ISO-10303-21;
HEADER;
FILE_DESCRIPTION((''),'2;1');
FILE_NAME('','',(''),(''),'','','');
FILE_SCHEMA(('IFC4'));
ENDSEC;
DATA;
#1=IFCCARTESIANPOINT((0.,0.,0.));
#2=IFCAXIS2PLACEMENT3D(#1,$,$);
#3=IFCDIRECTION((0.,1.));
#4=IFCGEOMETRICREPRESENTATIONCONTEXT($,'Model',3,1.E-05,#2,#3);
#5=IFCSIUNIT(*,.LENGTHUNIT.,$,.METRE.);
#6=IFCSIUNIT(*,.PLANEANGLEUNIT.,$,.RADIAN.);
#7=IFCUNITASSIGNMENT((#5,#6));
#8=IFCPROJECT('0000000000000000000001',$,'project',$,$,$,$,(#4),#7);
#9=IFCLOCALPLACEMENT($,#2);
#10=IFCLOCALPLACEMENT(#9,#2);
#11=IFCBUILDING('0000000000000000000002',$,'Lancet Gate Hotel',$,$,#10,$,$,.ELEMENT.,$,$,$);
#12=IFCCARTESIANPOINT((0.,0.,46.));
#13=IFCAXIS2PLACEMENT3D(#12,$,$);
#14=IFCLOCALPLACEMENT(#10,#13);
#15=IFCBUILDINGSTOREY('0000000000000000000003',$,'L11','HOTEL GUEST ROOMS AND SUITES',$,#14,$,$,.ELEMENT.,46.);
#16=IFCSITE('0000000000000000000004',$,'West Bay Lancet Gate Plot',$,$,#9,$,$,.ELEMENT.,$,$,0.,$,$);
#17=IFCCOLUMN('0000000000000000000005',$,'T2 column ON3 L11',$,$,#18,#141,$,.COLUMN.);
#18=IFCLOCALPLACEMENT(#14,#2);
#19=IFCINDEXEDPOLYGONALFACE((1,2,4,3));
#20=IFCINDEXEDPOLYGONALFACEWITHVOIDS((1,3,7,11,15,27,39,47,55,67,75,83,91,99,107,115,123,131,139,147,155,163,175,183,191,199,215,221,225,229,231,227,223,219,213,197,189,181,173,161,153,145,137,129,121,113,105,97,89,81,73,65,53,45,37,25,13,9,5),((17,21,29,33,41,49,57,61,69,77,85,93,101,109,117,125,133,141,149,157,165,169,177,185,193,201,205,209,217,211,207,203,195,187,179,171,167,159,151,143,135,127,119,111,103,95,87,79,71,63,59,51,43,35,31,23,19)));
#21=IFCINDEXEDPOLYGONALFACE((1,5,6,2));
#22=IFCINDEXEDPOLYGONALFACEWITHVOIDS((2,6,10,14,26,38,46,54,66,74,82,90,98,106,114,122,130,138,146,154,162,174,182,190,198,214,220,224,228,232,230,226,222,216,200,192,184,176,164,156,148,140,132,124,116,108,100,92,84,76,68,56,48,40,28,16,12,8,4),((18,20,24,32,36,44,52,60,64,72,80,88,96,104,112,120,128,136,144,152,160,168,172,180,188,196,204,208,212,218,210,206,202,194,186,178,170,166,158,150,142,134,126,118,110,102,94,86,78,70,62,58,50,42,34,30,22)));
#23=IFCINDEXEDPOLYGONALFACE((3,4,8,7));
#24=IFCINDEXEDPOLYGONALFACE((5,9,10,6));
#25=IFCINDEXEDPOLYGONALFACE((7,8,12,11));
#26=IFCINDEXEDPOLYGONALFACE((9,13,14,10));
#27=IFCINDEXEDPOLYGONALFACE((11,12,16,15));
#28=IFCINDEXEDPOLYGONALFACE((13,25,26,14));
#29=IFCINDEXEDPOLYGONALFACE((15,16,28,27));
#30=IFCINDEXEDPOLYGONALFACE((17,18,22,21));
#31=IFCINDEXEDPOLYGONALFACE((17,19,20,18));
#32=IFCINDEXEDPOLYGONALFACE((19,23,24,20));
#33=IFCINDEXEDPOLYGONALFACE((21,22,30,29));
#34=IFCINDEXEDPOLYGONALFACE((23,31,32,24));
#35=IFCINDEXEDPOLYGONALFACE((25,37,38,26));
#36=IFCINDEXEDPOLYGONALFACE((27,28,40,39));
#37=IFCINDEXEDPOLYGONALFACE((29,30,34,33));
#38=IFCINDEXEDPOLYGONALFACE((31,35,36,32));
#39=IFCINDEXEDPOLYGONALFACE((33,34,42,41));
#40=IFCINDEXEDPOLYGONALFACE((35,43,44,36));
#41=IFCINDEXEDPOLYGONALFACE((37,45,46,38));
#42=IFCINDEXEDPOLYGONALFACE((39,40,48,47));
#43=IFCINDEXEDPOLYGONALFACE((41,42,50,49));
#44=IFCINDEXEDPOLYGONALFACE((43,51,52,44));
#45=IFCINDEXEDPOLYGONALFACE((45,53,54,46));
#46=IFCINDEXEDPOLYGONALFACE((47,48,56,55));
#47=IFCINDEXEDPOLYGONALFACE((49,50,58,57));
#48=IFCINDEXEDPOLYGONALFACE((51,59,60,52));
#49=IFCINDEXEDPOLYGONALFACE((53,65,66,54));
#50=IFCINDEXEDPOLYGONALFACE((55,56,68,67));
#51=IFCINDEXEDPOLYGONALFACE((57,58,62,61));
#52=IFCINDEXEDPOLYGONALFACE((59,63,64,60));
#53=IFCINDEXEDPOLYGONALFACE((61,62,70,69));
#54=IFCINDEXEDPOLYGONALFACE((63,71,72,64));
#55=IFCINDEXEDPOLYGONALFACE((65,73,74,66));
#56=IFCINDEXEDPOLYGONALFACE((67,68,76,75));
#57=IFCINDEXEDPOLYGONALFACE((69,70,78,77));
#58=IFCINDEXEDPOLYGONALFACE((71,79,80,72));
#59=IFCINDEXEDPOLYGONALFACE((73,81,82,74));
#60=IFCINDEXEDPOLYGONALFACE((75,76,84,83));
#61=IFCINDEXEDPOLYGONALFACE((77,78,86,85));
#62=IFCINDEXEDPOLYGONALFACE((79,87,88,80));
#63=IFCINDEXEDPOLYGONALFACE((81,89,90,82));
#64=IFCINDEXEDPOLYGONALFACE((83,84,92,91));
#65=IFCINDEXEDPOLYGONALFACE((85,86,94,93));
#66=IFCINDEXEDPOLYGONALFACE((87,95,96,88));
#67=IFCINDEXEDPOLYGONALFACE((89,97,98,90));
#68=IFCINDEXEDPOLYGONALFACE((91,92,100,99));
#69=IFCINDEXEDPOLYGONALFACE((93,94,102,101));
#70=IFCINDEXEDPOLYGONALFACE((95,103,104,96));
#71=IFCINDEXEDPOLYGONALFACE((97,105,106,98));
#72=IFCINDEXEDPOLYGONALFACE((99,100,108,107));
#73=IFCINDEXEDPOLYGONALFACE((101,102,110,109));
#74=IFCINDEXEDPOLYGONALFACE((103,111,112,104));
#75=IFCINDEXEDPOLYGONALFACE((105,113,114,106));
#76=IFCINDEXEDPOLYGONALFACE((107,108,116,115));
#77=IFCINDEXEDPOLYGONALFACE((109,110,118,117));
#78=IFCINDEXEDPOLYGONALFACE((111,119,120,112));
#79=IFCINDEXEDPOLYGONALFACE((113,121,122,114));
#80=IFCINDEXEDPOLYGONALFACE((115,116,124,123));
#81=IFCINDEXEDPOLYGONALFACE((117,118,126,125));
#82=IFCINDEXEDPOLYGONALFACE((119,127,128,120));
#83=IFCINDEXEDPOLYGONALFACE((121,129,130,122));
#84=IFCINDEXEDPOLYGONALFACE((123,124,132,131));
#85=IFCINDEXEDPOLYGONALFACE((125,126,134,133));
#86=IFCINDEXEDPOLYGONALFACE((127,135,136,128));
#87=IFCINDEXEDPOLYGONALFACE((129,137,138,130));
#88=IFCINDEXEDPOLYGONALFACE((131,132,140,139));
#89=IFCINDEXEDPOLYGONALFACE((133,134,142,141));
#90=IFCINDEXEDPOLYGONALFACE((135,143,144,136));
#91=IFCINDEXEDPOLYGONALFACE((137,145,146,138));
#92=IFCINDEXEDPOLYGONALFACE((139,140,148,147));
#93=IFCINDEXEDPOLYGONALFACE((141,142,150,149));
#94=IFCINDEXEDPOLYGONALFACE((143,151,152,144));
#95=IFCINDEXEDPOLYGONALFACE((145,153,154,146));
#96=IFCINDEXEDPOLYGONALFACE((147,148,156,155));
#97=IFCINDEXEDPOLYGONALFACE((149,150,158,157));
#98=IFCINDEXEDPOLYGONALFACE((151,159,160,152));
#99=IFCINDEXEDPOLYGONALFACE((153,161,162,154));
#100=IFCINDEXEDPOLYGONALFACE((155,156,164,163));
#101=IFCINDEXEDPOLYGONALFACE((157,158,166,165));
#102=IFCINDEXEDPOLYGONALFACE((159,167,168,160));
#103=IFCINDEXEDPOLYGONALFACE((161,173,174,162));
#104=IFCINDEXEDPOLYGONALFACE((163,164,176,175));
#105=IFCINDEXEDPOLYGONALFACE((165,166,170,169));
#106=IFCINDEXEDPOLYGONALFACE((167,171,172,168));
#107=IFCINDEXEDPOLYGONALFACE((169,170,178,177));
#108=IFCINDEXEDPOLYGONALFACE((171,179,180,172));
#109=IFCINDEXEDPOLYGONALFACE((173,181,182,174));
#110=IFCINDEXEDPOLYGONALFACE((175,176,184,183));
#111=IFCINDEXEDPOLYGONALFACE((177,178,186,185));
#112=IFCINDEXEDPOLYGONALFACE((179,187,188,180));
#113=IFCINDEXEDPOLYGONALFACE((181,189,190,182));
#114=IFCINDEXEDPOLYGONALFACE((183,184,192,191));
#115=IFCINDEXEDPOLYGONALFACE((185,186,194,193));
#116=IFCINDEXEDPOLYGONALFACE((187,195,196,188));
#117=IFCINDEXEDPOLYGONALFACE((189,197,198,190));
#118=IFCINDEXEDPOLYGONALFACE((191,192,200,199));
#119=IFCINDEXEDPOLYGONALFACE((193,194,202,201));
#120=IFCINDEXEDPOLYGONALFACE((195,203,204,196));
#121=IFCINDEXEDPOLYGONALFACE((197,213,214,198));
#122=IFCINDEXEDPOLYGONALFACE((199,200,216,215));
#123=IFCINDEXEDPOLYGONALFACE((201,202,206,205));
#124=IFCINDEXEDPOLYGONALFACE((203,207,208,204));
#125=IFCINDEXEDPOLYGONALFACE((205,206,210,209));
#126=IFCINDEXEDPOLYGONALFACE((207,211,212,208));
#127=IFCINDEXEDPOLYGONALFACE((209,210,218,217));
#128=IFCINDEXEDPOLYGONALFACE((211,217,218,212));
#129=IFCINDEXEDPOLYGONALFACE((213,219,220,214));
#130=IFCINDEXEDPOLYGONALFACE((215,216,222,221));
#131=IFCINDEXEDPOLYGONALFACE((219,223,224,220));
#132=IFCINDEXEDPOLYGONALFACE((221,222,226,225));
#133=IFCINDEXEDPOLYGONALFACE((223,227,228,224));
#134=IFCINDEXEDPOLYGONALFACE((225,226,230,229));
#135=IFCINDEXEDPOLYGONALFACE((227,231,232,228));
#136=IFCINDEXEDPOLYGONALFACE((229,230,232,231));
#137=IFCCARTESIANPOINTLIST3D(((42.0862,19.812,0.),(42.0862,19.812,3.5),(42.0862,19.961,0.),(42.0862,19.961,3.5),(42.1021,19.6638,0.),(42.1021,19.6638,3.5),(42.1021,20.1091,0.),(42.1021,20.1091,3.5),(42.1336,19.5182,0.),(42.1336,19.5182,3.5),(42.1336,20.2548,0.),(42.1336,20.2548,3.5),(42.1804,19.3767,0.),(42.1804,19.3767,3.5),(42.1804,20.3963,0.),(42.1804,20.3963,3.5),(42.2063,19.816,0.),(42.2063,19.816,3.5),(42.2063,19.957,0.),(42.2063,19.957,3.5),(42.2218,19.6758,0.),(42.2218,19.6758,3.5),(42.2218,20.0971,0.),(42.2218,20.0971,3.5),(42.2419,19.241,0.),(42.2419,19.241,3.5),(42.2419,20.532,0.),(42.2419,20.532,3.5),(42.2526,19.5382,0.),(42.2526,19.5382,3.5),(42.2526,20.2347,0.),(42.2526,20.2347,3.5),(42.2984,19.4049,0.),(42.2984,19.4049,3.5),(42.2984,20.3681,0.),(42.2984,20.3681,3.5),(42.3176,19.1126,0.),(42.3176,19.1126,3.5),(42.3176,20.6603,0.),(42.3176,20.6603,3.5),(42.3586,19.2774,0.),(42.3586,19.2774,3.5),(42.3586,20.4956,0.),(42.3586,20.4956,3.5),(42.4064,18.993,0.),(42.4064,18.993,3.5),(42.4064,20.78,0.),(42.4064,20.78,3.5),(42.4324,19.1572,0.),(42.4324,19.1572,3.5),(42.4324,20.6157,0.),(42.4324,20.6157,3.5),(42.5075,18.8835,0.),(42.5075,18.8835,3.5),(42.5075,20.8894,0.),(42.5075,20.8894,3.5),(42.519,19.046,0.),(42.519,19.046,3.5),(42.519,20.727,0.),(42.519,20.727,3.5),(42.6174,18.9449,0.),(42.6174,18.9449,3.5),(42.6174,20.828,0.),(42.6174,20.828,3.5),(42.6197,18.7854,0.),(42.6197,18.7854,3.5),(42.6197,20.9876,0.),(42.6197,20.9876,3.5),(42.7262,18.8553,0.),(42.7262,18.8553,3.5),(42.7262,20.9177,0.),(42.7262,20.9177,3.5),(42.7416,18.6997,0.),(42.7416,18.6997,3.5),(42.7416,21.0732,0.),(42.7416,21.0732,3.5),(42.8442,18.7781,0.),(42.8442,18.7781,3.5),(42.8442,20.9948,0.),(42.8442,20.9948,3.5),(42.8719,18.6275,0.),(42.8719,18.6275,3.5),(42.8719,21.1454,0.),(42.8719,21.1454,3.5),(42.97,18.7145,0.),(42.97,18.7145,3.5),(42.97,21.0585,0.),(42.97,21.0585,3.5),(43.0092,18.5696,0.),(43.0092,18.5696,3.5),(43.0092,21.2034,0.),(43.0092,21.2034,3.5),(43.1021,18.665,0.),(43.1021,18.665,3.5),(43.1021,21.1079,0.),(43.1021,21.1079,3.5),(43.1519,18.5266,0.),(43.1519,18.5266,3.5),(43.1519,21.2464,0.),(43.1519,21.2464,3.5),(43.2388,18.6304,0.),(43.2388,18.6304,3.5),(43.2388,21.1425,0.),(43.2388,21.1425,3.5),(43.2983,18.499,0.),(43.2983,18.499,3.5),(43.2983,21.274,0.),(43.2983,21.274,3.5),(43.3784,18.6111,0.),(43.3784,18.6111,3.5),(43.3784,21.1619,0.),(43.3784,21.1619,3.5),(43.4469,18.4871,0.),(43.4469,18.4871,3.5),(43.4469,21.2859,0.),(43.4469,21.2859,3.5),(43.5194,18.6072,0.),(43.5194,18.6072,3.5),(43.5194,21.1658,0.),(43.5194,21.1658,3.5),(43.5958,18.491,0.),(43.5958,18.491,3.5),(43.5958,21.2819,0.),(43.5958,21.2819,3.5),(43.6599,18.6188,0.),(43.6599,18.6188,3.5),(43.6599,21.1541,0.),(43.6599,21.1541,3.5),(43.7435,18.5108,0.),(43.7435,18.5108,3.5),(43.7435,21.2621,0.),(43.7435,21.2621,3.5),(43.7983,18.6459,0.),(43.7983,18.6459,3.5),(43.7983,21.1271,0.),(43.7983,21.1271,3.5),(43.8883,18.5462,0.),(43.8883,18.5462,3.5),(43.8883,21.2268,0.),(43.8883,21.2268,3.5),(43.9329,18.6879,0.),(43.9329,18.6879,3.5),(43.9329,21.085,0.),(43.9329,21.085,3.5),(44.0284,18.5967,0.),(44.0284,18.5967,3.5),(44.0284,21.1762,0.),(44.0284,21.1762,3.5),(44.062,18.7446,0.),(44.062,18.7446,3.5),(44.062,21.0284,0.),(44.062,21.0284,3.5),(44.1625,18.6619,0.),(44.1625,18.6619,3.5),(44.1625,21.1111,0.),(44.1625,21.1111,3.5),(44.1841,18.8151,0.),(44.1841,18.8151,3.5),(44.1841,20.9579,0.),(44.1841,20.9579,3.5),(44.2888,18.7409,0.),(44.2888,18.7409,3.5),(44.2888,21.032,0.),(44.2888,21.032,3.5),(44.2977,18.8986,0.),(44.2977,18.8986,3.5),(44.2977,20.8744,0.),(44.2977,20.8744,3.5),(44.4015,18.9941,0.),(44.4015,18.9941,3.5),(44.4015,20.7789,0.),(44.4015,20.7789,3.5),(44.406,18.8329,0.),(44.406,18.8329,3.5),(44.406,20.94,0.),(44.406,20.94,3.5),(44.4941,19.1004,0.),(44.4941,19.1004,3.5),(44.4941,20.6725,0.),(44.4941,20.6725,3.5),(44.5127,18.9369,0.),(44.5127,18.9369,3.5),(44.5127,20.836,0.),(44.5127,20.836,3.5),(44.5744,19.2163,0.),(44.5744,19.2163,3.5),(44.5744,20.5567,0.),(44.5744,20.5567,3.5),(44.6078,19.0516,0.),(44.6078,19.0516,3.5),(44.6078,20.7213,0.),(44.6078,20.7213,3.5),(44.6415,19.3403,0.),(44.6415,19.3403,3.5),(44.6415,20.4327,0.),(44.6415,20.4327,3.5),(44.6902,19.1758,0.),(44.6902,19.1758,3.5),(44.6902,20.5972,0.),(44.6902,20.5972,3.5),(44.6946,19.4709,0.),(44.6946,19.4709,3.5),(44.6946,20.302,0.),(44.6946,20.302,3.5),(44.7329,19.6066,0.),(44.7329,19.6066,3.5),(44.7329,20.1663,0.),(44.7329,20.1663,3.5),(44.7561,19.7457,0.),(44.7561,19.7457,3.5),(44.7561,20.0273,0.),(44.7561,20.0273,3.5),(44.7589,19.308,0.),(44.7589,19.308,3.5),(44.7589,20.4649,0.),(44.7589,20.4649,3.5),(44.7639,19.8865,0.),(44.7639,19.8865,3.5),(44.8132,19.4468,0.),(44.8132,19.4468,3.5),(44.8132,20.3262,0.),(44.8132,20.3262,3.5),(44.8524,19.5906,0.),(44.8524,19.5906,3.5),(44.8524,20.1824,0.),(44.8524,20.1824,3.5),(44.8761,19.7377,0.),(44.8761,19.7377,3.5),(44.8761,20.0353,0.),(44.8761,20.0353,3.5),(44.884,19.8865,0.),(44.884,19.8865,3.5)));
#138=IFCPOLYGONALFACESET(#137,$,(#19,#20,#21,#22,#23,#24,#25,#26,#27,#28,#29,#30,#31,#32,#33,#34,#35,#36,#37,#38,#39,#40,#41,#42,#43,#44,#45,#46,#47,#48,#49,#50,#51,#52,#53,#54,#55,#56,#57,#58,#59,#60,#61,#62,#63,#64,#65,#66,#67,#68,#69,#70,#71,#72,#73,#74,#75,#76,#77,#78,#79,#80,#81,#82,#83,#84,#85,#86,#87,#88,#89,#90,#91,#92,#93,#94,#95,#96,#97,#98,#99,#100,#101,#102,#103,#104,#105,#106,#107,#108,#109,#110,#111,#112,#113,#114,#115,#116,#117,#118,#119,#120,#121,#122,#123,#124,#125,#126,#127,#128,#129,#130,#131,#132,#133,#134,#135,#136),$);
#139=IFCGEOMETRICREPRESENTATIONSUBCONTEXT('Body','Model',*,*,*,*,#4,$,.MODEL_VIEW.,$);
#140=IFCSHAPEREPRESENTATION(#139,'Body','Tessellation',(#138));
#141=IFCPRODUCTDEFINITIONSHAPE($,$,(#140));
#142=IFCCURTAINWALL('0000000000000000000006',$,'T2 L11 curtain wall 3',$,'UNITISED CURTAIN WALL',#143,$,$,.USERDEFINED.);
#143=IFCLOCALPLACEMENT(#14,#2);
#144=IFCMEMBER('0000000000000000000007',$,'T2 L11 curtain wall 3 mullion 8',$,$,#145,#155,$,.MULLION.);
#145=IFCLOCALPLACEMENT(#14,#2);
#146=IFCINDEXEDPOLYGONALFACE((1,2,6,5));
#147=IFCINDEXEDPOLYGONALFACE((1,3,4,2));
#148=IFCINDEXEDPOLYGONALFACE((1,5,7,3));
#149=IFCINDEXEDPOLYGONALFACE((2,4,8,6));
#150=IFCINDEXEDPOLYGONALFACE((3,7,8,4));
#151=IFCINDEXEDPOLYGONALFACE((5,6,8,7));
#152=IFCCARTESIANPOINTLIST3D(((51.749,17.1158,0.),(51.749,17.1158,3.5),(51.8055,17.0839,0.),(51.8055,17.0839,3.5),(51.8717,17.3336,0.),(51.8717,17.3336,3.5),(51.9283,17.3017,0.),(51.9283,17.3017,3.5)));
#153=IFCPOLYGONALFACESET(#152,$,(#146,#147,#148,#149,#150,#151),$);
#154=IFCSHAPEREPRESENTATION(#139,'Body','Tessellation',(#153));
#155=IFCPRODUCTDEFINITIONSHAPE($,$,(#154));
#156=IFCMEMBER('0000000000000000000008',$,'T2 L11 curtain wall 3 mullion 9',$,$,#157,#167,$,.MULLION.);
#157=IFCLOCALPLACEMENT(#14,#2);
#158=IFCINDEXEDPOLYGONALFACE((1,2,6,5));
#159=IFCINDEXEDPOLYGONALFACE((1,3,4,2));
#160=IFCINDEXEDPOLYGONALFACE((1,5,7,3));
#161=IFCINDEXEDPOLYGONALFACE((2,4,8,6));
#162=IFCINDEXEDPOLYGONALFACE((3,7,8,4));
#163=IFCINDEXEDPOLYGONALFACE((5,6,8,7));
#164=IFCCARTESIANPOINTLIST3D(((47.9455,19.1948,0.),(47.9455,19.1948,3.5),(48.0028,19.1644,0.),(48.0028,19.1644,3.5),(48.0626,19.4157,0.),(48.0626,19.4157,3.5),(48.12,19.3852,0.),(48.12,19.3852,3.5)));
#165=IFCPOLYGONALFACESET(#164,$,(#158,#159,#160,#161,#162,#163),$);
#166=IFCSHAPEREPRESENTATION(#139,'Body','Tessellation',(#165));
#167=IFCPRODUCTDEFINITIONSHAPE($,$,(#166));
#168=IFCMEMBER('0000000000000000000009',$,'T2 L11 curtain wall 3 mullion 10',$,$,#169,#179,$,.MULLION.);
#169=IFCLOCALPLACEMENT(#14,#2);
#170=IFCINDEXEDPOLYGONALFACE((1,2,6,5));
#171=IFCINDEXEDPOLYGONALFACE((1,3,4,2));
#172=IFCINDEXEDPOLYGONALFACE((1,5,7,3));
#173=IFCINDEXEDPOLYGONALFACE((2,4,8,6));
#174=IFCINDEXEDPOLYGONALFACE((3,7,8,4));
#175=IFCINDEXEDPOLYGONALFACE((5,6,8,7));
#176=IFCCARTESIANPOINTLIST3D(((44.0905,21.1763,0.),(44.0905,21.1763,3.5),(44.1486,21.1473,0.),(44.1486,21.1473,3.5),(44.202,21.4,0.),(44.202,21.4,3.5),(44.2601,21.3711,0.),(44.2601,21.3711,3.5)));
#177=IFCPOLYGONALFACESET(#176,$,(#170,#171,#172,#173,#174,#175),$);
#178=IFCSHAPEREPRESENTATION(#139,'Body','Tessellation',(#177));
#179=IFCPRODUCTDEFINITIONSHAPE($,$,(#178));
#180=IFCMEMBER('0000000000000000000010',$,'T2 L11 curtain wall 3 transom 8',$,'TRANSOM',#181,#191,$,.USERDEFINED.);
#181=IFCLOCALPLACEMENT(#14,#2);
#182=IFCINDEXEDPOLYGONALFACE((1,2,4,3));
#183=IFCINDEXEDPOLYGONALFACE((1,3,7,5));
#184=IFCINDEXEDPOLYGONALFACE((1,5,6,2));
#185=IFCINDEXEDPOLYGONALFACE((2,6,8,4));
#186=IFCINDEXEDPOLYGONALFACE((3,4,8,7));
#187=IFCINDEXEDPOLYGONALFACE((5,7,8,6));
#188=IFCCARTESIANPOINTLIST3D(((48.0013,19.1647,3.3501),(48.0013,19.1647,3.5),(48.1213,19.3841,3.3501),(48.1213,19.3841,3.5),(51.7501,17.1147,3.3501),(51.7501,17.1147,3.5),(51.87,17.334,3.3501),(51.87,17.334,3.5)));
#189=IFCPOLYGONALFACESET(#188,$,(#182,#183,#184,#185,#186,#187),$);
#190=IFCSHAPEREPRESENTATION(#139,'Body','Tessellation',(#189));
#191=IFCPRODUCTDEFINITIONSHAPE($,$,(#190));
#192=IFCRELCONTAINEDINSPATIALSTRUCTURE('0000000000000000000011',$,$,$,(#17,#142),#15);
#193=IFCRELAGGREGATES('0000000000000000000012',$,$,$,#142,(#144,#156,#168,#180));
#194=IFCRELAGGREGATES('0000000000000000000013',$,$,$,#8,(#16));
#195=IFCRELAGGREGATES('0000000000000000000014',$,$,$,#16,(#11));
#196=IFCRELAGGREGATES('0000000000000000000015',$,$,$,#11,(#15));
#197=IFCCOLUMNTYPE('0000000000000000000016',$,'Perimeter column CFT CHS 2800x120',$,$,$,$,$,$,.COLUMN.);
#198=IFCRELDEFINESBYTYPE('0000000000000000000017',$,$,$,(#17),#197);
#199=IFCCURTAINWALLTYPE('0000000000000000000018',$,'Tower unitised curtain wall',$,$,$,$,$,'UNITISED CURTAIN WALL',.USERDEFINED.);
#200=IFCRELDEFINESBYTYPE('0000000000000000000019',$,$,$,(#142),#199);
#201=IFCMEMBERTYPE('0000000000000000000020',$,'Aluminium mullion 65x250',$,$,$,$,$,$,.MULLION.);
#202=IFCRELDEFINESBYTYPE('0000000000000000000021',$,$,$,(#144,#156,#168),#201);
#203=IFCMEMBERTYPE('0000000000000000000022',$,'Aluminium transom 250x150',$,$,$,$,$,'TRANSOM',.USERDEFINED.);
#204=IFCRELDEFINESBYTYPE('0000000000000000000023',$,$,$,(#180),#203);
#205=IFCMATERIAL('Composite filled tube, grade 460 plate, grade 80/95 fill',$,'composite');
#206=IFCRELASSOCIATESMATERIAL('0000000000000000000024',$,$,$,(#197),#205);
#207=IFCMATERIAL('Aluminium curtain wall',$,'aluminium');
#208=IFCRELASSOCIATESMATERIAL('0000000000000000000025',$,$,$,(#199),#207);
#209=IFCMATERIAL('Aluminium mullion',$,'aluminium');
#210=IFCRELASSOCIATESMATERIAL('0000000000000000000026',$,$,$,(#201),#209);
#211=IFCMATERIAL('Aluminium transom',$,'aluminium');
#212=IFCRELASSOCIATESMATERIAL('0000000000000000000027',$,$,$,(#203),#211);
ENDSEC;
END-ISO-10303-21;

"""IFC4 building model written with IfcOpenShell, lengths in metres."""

from ifc_helpers import new_model, si_unit, direction, frame, origin, origin_2d, place, context, subcontext, project, spatial, rectangle, hollow_circle, extrude, material, material_profile, profile_set, type_object, element, aggregate, save


model = new_model("IFC4")

# Units and contexts
model_context = context("Model", 3, precision=1e-05, world=origin(), true_north=direction((0.0, 1.0)))
body_context = subcontext(model_context, "Body", "Model", "MODEL_VIEW")
ifc_project = project(units=[si_unit("LENGTHUNIT", "METRE"), si_unit("PLANEANGLEUNIT", "RADIAN")], contexts=[model_context])

# Site, building, storey
site_placement = place(None, origin())
site = spatial("IfcSite", under=ifc_project, at=site_placement, Name="West Bay Lancet Gate Plot", CompositionType="ELEMENT", RefElevation=0.0)
building_placement = place(site_placement, origin())
building = spatial("IfcBuilding", under=site, at=building_placement, Name="Lancet Gate Hotel", CompositionType="ELEMENT")
storey_placement = place(building_placement, frame((0.0, 0.0, 46.0)))
storey = spatial("IfcBuildingStorey", under=building, at=storey_placement, Name="L11", Description="HOTEL GUEST ROOMS AND SUITES", CompositionType="ELEMENT", Elevation=46.0)

# Column
ifc_material_1 = material(Name="Composite filled tube, grade 460 plate, grade 80/95 fill", Category="composite")
ifc_material_profile_1 = material_profile(ifc_material_1, hollow_circle(Radius=1.3999, WallThickness=0.1201, at=origin_2d()), Name="CHS 2800x120")
ifc_profile_set_1 = profile_set([ifc_material_profile_1], Name="Composite filled tube, grade 460 plate, grade 80/95 fill")
column_type = type_object("IfcColumnType", Name="Perimeter column CFT CHS 2800x120", PredefinedType="COLUMN", material=ifc_profile_set_1)
for number, where, z_axis, x_axis, name in (
    (1, (43.4841, 19.8865, 0.0), (0.0, 0.0, 1.0), (1.0, 0.0, 0.0), "T2 column ON3 L11"),
):
    element("IfcColumn", number, at=place(storey_placement, frame(where, z_axis=z_axis, x_axis=x_axis)), inside=storey, type_object=column_type, Name=name, PredefinedType="COLUMN", context=body_context, shape_type="SweptSolid", body=[
        extrude(hollow_circle(Radius=1.3999, WallThickness=0.1201, at=origin_2d()), origin(), (0.0, 0.0, 1.0), 3.5),
    ])

# Curtain wall, members
ifc_material_2 = material(Name="Aluminium curtain wall", Category="aluminium")
curtain_wall_type = type_object("IfcCurtainWallType", Name="Tower unitised curtain wall", ElementType="UNITISED CURTAIN WALL", PredefinedType="USERDEFINED", material=ifc_material_2)
curtain_wall_placement = place(storey_placement, origin())
curtain_wall = element("IfcCurtainWall", 2, at=curtain_wall_placement, inside=storey, type_object=curtain_wall_type, Name="T2 L11 curtain wall 3", ObjectType="UNITISED CURTAIN WALL", PredefinedType="USERDEFINED")
ifc_material_3 = material(Name="Aluminium mullion", Category="aluminium")
ifc_material_profile_2 = material_profile(ifc_material_3, rectangle(XDim=0.0649, YDim=0.25, at=origin_2d()), Name="MULLION 65x250")
ifc_profile_set_2 = profile_set([ifc_material_profile_2], Name="Aluminium mullion")
member_type_1 = type_object("IfcMemberType", Name="Aluminium mullion 65x250", PredefinedType="MULLION", material=ifc_profile_set_2)
member_1_placement = place(storey_placement, frame((51.8386, 17.2087, 0.0), z_axis=(0.0, 0.0, 1.0), x_axis=(-0.87119, 0.490945, 0.0)))
member_1 = element("IfcMember", 3, at=member_1_placement, type_object=member_type_1, Name="T2 L11 curtain wall 3 mullion 8", PredefinedType="MULLION", context=body_context, shape_type="SweptSolid", body=[
    extrude(rectangle(XDim=0.0649, YDim=0.25, at=origin_2d()), origin(), (0.0, 0.0, 1.0), 3.5),
])
member_2_placement = place(storey_placement, frame((48.0327, 19.29, 0.0), z_axis=(0.0, 0.0, 1.0), x_axis=(-0.883403, 0.468613, 0.0)))
member_2 = element("IfcMember", 4, at=member_2_placement, type_object=member_type_1, Name="T2 L11 curtain wall 3 mullion 9", PredefinedType="MULLION", context=body_context, shape_type="SweptSolid", body=[
    extrude(rectangle(XDim=0.0649, YDim=0.25, at=origin_2d()), origin(), (0.0, 0.0, 1.0), 3.5),
])
member_3_placement = place(storey_placement, frame((44.1753, 21.2737, 0.0), z_axis=(0.0, 0.0, 1.0), x_axis=(-0.895044, 0.445978, 0.0)))
member_3 = element("IfcMember", 5, at=member_3_placement, type_object=member_type_1, Name="T2 L11 curtain wall 3 mullion 10", PredefinedType="MULLION", context=body_context, shape_type="SweptSolid", body=[
    extrude(rectangle(XDim=0.0649, YDim=0.25, at=origin_2d()), origin(), (0.0, 0.0, 1.0), 3.5),
])
ifc_material_4 = material(Name="Aluminium transom", Category="aluminium")
ifc_material_profile_3 = material_profile(ifc_material_4, rectangle(XDim=0.25, YDim=0.1499, at=origin_2d()), Name="TRANSOM 250x150")
ifc_profile_set_3 = profile_set([ifc_material_profile_3], Name="Aluminium transom")
member_type_2 = type_object("IfcMemberType", Name="Aluminium transom 250x150", ElementType="TRANSOM", PredefinedType="USERDEFINED", material=ifc_profile_set_3)
member_4_placement = place(storey_placement, frame((51.8101, 17.2244, 3.425), z_axis=(-0.877378, 0.479801, 0.0), x_axis=(-0.479801, -0.877378, 0.0)))
member_4 = element("IfcMember", 6, at=member_4_placement, type_object=member_type_2, Name="T2 L11 curtain wall 3 transom 8", ObjectType="TRANSOM", PredefinedType="USERDEFINED", context=body_context, shape_type="SweptSolid", body=[
    extrude(rectangle(XDim=0.25, YDim=0.1499, at=origin_2d()), origin(), (0.0, 0.0, 1.0), 4.2727),
])

aggregate(curtain_wall, [member_1, member_2, member_3, member_4])

save(model, "model.ifc")
